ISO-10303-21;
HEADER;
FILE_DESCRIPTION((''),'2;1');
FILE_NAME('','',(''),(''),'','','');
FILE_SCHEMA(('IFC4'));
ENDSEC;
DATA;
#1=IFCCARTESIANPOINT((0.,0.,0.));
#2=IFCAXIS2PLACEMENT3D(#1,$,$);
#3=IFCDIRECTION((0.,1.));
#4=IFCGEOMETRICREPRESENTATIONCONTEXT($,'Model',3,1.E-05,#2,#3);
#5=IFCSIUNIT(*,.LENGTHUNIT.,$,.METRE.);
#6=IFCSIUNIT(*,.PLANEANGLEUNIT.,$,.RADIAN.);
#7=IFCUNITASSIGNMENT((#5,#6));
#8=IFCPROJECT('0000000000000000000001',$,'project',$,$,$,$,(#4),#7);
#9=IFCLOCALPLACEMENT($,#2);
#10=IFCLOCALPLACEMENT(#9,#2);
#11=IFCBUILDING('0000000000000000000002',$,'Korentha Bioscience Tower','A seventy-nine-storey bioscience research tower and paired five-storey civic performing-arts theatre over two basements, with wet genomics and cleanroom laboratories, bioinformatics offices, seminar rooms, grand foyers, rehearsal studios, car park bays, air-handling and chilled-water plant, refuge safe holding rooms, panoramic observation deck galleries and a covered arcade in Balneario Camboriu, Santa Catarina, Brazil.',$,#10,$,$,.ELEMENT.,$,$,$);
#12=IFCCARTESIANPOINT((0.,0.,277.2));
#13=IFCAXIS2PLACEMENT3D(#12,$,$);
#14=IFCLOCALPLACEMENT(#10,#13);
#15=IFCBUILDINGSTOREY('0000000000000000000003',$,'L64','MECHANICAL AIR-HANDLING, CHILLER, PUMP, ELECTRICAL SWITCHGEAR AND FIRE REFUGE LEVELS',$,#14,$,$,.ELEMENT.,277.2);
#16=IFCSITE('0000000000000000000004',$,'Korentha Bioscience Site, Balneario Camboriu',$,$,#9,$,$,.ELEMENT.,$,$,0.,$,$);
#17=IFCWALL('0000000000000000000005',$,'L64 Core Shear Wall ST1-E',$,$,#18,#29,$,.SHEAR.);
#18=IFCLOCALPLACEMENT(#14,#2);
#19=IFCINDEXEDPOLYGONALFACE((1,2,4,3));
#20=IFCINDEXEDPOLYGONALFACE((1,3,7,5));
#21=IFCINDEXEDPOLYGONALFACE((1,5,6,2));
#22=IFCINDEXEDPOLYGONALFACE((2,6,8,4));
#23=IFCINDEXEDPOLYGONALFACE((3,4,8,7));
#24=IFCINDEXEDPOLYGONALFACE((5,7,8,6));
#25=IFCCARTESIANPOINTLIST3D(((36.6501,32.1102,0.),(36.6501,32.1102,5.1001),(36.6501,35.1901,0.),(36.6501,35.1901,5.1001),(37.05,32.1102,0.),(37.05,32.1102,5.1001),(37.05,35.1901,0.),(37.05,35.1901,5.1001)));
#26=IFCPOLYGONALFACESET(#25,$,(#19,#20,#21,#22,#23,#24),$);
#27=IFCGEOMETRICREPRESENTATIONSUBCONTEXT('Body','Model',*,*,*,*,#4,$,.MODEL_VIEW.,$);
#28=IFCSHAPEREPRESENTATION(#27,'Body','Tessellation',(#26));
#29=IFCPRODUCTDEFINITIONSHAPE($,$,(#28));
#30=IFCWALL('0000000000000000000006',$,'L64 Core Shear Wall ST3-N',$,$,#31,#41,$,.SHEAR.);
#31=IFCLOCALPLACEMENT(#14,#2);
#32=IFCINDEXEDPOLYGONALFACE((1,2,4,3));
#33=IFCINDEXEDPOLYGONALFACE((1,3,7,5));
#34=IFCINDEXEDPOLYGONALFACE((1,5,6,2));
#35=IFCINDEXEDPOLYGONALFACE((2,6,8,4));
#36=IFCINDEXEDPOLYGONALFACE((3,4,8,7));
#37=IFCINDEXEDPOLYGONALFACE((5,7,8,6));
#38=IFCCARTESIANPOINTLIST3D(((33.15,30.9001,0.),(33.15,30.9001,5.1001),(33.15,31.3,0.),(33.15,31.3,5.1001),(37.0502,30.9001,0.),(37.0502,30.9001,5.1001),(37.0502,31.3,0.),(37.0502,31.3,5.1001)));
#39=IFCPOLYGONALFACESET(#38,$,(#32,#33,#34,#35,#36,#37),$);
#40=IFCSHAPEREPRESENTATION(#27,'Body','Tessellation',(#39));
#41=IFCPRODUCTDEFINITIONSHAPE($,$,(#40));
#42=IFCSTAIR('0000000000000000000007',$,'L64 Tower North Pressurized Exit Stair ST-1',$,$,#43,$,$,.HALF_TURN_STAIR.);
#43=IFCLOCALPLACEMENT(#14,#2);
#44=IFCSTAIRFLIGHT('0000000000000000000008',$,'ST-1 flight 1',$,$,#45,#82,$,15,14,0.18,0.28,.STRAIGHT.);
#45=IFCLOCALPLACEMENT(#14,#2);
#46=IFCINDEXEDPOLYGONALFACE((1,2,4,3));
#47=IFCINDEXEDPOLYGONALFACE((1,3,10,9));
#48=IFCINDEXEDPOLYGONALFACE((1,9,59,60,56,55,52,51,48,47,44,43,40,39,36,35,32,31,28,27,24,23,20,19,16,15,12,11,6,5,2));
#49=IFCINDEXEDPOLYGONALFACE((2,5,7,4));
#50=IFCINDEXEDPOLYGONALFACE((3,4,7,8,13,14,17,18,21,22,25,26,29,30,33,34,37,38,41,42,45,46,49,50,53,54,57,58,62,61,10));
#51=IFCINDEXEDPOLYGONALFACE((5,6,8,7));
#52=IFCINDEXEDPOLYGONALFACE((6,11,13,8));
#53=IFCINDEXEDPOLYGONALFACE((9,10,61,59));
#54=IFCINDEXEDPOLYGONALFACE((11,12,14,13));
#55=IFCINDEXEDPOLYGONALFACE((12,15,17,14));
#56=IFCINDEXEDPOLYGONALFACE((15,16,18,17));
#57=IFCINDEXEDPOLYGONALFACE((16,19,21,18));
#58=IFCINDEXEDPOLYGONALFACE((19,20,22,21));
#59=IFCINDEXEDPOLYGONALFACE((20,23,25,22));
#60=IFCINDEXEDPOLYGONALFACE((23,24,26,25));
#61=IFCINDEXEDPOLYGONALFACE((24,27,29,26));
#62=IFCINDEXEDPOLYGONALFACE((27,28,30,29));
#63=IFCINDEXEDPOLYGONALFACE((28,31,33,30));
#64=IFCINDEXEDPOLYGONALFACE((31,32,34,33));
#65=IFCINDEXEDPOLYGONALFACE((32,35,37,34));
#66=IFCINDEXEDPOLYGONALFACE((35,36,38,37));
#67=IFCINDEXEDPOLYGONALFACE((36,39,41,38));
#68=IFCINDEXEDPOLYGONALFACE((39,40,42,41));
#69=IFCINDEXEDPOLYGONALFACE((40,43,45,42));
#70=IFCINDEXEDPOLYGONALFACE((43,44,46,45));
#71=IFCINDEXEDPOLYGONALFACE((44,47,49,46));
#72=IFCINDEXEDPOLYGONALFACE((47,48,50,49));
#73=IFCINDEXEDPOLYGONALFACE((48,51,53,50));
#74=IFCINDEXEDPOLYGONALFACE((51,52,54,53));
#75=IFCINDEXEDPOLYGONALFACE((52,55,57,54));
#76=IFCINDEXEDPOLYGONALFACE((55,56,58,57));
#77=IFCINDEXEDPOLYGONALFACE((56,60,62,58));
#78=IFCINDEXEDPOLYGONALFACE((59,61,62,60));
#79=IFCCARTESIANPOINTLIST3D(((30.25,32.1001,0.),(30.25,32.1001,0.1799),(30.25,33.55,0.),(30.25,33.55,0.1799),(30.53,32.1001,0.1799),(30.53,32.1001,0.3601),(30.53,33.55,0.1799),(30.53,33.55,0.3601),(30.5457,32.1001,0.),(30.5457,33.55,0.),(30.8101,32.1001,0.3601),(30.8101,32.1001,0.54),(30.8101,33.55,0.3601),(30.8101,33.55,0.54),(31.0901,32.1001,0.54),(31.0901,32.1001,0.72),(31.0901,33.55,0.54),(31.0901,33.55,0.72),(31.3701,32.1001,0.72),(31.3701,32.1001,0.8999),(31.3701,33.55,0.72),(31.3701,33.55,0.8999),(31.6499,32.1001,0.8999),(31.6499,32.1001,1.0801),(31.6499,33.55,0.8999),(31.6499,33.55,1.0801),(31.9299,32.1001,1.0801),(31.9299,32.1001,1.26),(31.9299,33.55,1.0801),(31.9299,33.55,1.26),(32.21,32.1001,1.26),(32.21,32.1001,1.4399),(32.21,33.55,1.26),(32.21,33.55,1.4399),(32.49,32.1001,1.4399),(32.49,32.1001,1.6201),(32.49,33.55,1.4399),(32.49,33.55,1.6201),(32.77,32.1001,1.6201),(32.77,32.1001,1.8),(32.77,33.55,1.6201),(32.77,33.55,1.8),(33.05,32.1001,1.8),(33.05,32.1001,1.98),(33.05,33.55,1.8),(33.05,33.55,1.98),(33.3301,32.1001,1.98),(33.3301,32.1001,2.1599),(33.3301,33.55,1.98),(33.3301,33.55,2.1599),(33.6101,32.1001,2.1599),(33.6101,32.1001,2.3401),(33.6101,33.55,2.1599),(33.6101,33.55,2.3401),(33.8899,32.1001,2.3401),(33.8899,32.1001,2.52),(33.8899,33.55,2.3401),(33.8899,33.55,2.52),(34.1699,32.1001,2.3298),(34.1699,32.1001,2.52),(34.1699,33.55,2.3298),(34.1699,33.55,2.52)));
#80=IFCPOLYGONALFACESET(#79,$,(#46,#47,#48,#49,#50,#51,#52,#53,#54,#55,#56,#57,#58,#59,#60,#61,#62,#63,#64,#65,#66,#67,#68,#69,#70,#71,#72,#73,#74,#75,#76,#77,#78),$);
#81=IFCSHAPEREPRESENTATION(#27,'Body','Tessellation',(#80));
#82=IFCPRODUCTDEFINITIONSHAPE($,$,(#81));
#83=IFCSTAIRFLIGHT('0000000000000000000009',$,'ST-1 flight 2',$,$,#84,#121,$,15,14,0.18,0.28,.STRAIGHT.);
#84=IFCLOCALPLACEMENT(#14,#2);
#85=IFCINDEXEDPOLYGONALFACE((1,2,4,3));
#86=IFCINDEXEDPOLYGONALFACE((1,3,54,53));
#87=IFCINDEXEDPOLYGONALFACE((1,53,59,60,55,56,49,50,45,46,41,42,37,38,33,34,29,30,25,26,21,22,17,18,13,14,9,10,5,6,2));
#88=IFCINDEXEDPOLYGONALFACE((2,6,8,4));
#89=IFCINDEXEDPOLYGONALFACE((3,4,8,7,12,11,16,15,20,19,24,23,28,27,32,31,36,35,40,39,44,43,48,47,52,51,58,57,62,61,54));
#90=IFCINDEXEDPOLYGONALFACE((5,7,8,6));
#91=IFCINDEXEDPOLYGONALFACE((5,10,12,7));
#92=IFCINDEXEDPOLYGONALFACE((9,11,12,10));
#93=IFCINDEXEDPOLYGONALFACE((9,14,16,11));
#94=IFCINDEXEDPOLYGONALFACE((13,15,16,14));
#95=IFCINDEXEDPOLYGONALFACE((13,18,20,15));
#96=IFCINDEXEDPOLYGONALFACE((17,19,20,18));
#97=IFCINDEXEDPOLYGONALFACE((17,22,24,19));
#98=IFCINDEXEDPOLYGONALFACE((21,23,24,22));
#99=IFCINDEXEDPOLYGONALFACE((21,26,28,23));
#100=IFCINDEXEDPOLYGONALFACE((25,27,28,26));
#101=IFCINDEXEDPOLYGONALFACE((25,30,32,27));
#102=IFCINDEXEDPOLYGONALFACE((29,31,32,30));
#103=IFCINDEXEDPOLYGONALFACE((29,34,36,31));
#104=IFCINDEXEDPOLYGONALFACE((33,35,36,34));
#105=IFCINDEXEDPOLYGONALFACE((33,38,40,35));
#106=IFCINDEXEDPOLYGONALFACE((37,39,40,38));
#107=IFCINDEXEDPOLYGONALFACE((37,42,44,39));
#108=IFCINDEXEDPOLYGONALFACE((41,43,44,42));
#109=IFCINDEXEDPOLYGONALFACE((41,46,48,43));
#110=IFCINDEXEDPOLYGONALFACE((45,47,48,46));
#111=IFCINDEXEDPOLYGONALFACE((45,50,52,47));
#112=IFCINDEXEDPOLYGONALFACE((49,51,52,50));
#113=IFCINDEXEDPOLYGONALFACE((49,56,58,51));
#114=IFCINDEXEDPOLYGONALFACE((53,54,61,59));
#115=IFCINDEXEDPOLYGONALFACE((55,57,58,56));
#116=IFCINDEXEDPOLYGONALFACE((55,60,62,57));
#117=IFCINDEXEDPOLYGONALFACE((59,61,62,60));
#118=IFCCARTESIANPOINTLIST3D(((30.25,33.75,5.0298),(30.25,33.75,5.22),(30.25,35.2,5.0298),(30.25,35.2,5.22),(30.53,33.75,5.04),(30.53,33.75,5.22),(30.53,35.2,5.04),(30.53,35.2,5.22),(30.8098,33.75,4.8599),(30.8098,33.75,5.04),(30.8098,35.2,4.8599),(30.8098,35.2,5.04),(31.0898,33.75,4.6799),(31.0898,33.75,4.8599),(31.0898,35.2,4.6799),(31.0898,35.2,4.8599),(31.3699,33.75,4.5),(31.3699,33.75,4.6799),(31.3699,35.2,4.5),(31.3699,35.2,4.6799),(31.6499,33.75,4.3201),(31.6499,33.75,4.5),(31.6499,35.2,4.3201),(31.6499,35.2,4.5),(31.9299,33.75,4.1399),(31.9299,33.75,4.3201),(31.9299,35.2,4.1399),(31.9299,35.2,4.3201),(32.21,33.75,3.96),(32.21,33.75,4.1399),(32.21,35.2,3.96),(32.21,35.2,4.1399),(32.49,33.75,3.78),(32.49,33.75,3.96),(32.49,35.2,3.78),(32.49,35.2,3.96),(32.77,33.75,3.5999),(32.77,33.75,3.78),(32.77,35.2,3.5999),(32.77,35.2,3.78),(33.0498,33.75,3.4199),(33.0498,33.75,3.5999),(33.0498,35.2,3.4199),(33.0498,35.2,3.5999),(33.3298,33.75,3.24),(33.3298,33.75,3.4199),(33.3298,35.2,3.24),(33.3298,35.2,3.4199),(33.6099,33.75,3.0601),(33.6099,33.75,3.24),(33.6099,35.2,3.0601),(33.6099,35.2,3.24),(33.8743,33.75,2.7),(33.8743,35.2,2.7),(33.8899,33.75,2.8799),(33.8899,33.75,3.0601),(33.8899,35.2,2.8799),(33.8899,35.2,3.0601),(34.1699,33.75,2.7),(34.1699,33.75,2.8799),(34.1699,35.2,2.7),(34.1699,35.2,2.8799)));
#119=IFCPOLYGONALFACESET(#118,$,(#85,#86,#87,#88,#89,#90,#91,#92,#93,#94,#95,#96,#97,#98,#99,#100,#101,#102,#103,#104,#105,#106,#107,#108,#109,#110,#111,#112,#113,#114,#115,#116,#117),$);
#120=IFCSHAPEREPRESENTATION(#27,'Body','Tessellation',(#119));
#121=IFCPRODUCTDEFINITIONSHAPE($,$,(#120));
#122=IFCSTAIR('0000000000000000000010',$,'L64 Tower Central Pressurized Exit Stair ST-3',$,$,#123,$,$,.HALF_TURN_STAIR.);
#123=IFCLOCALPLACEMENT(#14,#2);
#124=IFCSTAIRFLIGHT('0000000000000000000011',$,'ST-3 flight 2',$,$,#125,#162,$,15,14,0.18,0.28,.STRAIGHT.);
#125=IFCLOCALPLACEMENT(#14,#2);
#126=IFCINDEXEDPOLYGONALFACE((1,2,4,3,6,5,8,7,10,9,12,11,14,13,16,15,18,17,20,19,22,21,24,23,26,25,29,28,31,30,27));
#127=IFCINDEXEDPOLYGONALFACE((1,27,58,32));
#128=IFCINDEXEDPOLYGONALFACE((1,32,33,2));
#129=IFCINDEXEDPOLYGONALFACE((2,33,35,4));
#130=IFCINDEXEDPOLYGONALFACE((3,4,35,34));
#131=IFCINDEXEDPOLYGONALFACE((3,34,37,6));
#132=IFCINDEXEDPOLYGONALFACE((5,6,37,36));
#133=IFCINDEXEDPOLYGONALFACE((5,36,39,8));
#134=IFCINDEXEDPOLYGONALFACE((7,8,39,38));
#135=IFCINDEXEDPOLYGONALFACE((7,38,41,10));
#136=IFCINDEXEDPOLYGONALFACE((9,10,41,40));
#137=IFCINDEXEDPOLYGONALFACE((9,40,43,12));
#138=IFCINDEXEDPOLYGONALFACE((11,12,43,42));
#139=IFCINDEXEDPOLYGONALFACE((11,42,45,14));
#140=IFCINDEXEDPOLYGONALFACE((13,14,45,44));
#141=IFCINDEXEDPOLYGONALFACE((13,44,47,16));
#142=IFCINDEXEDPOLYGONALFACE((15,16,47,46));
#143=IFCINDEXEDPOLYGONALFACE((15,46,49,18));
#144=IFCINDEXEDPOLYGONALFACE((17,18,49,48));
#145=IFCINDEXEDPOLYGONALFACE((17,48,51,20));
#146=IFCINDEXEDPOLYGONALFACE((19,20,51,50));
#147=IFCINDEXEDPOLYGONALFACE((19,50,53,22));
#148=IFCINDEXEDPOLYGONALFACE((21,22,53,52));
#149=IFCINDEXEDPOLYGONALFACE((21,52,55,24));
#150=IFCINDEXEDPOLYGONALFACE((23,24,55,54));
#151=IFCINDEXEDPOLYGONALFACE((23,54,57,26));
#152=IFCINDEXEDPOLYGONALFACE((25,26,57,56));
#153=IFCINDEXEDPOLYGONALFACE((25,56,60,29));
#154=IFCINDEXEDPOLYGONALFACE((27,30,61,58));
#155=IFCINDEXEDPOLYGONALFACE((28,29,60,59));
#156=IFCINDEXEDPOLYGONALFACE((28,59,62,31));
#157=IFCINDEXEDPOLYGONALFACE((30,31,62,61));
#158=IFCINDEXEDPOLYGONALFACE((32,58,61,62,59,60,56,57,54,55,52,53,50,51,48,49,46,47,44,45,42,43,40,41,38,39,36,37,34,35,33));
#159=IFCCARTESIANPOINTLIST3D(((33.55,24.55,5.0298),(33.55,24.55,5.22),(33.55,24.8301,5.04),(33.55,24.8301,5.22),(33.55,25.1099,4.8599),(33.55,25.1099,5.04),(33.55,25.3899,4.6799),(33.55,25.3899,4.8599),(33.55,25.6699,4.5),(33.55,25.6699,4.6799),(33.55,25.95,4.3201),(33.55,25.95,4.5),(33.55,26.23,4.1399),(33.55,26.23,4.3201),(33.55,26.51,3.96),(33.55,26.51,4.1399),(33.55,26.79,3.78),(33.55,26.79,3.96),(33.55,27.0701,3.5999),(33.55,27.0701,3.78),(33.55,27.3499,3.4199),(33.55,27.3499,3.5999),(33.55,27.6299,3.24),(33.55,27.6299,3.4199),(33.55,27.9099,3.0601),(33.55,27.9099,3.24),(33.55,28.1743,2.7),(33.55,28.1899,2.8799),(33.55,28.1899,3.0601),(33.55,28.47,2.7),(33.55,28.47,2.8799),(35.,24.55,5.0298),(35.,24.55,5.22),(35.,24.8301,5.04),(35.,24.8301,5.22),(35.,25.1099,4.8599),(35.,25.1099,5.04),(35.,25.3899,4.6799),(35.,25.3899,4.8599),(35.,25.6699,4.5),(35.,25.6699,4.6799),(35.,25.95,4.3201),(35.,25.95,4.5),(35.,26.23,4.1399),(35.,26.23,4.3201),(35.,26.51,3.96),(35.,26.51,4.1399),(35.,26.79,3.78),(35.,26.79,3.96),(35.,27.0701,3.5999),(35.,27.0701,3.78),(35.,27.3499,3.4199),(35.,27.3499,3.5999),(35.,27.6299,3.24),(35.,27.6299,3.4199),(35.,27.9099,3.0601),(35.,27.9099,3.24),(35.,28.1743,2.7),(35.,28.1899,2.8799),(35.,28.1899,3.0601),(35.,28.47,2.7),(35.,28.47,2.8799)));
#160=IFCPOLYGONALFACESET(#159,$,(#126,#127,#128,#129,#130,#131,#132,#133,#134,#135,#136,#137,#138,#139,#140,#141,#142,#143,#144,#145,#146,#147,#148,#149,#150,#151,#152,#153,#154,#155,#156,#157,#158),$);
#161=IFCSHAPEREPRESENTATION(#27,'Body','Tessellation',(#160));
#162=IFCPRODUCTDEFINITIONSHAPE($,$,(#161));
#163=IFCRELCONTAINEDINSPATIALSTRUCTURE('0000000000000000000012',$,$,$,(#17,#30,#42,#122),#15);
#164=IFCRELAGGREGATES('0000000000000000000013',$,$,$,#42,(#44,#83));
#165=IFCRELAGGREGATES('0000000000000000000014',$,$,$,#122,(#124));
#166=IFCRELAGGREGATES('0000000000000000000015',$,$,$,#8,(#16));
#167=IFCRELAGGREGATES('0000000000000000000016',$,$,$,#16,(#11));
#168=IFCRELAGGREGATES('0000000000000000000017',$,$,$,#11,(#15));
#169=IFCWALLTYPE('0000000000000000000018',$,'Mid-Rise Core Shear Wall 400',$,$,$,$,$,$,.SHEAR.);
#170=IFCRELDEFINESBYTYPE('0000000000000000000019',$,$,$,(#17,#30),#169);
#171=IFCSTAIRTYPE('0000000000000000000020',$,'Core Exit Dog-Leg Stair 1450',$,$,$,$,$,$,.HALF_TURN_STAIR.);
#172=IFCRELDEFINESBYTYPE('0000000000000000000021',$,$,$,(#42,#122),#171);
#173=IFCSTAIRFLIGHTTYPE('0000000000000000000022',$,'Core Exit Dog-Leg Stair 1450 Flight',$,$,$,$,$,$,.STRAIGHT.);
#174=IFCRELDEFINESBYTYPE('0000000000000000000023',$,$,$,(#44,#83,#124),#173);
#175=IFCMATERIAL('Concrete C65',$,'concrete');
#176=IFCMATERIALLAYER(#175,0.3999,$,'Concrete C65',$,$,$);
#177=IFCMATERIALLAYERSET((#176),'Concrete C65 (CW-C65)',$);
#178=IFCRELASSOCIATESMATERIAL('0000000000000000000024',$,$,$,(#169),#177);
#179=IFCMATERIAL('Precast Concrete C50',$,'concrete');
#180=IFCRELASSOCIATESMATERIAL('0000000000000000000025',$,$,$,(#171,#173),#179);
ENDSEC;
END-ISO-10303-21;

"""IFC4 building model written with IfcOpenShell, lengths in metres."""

from ifc_helpers import new_model, si_unit, direction, frame, frame_2d, origin, place, context, subcontext, project, spatial, polyline, rectangle, outline, extrude, material, layer, layer_set, type_object, element, aggregate, save


model = new_model("IFC4")

# Units and contexts
model_context = context("Model", 3, precision=1e-05, world=origin(), true_north=direction((0.0, 1.0)))
body_context = subcontext(model_context, "Body", "Model", "MODEL_VIEW")
ifc_project = project(units=[si_unit("LENGTHUNIT", "METRE"), si_unit("PLANEANGLEUNIT", "RADIAN")], contexts=[model_context])

# Site, building, storey
site_placement = place(None, origin())
site = spatial("IfcSite", under=ifc_project, at=site_placement, Name="Korentha Bioscience Site, Balneario Camboriu", CompositionType="ELEMENT", RefElevation=0.0)
building_placement = place(site_placement, origin())
building = spatial("IfcBuilding", under=site, at=building_placement, Name="Korentha Bioscience Tower", Description="A seventy-nine-storey bioscience research tower and paired five-storey civic performing-arts theatre over two basements, with wet genomics and cleanroom laboratories, bioinformatics offices, seminar rooms, grand foyers, rehearsal studios, car park bays, air-handling and chilled-water plant, refuge safe holding rooms, panoramic observation deck galleries and a covered arcade in Balneario Camboriu, Santa Catarina, Brazil.", CompositionType="ELEMENT")
storey_placement = place(building_placement, frame((0.0, 0.0, 277.2)))
storey = spatial("IfcBuildingStorey", under=building, at=storey_placement, Name="L64", Description="MECHANICAL AIR-HANDLING, CHILLER, PUMP, ELECTRICAL SWITCHGEAR AND FIRE REFUGE LEVELS", CompositionType="ELEMENT", Elevation=277.2)

# Shared definitions
ifc_material_1 = material(Name="Concrete C65", Category="concrete")

# Walls
ifc_layer_1 = layer(ifc_material_1, 0.3999, Name="Concrete C65")
ifc_layer_set_1 = layer_set([ifc_layer_1], Name="Concrete C65 (CW-C65)")
wall_type_1 = type_object("IfcWallType", Name="Mid-Rise Core Shear Wall 400", PredefinedType="SHEAR", material=ifc_layer_set_1)
wall_1_placement = place(storey_placement, frame((36.8501, 32.1101, 0.0), z_axis=(0.0, 0.0, 1.0), x_axis=(0.0, 1.0, 0.0)))
element("IfcWall", 1, at=wall_1_placement, inside=storey, type_object=wall_type_1, Name="L64 Core Shear Wall ST1-E", PredefinedType="SHEAR", context=body_context, shape_type="SweptSolid", body=[
    extrude(rectangle(XDim=3.0798, YDim=0.3999, at=frame_2d((1.54, 0.0))), origin(), (0.0, 0.0, 1.0), 5.1001),
])
wall_2_placement = place(storey_placement, frame((33.1499, 31.1001, 0.0), z_axis=(0.0, 0.0, 1.0), x_axis=(1.0, 0.0, 0.0)))
element("IfcWall", 2, at=wall_2_placement, inside=storey, type_object=wall_type_1, Name="L64 Core Shear Wall ST3-N", PredefinedType="SHEAR", context=body_context, shape_type="SweptSolid", body=[
    extrude(rectangle(XDim=3.9001, YDim=0.3999, at=frame_2d((1.9502, 0.0))), origin(), (0.0, 0.0, 1.0), 5.1001),
])

# Stair, stair flights
ifc_material_2 = material(Name="Precast Concrete C50", Category="concrete")
stair_type = type_object("IfcStairType", Name="Core Exit Dog-Leg Stair 1450", PredefinedType="HALF_TURN_STAIR", material=ifc_material_2)
stair_1_placement = place(storey_placement, origin())
stair_1 = element("IfcStair", 3, at=stair_1_placement, inside=storey, type_object=stair_type, Name="L64 Tower North Pressurized Exit Stair ST-1", PredefinedType="HALF_TURN_STAIR")
stair_flight_type = type_object("IfcStairFlightType", Name="Core Exit Dog-Leg Stair 1450 Flight", PredefinedType="STRAIGHT", material=ifc_material_2)
stair_flight_1_placement = place(storey_placement, frame((30.25, 32.825, 0.0), z_axis=(0.0, 0.0, 1.0), x_axis=(1.0, 0.0, 0.0)))
stair_flight_1 = element("IfcStairFlight", 4, at=stair_flight_1_placement, type_object=stair_flight_type, Name="ST-1 flight 1", NumberOfRisers=15, NumberOfTreads=14, PredefinedType="STRAIGHT", RiserHeight=0.18, TreadLength=0.28, context=body_context, shape_type="SweptSolid", body=[
    extrude(outline(polyline([(0.0, 0.0), (0.0, 0.1799), (0.28, 0.1799), (0.28, 0.3601), (0.5601, 0.3601), (0.5601, 0.54), (0.8401, 0.54), (0.8401, 0.72), (1.1201, 0.72), (1.1201, 0.8999), (1.3999, 0.8999), (1.3999, 1.0801), (1.6799, 1.0801), (1.6799, 1.26), (1.96, 1.26), (1.96, 1.4399), (2.24, 1.4399), (2.24, 1.6201), (2.52, 1.6201), (2.52, 1.8), (2.8, 1.8), (2.8, 1.98), (3.0801, 1.98), (3.0801, 2.1599), (3.3601, 2.1599), (3.3601, 2.3401), (3.6399, 2.3401), (3.6399, 2.52), (3.9199, 2.52), (3.9199, 2.7), (3.9199, 2.3298), (0.2957, 0.0), (0.0, 0.0)])), frame((0.0, 0.7251, 0.0), z_axis=(0.0, -1.0, 0.0), x_axis=(1.0, 0.0, 0.0)), (0.0, 0.0, 1.0), 1.45),
])
stair_flight_2_placement = place(storey_placement, frame((34.1699, 34.4751, 2.7), z_axis=(0.0, 0.0, 1.0), x_axis=(-1.0, 0.0, 0.0)))
stair_flight_2 = element("IfcStairFlight", 5, at=stair_flight_2_placement, type_object=stair_flight_type, Name="ST-1 flight 2", NumberOfRisers=15, NumberOfTreads=14, PredefinedType="STRAIGHT", RiserHeight=0.18, TreadLength=0.28, context=body_context, shape_type="SweptSolid", body=[
    extrude(outline(polyline([(0.0, 0.0), (0.0, 0.1799), (0.28, 0.1799), (0.28, 0.3601), (0.5601, 0.3601), (0.5601, 0.54), (0.8401, 0.54), (0.8401, 0.72), (1.1201, 0.72), (1.1201, 0.8999), (1.3999, 0.8999), (1.3999, 1.0801), (1.6799, 1.0801), (1.6799, 1.26), (1.96, 1.26), (1.96, 1.4399), (2.24, 1.4399), (2.24, 1.6201), (2.52, 1.6201), (2.52, 1.8), (2.8, 1.8), (2.8, 1.98), (3.0801, 1.98), (3.0801, 2.1599), (3.3601, 2.1599), (3.3601, 2.3401), (3.6399, 2.3401), (3.6399, 2.52), (3.9199, 2.52), (3.9199, 2.7), (3.9199, 2.3298), (0.2957, 0.0), (0.0, 0.0)])), frame((0.0, 0.7251, 0.0), z_axis=(0.0, -1.0, 0.0), x_axis=(1.0, 0.0, 0.0)), (0.0, 0.0, 1.0), 1.45),
])
aggregate(stair_1, [stair_flight_1, stair_flight_2])

# Stair, stair flight
stair_2_placement = place(storey_placement, origin())
stair_2 = element("IfcStair", 6, at=stair_2_placement, inside=storey, type_object=stair_type, Name="L64 Tower Central Pressurized Exit Stair ST-3", PredefinedType="HALF_TURN_STAIR")
stair_flight_3_placement = place(storey_placement, frame((34.2749, 28.47, 2.7), z_axis=(0.0, 0.0, 1.0), x_axis=(0.0, -1.0, 0.0)))
stair_flight_3 = element("IfcStairFlight", 7, at=stair_flight_3_placement, type_object=stair_flight_type, Name="ST-3 flight 2", NumberOfRisers=15, NumberOfTreads=14, PredefinedType="STRAIGHT", RiserHeight=0.18, TreadLength=0.28, context=body_context, shape_type="SweptSolid", body=[
    extrude(outline(polyline([(0.0, 0.0), (0.0, 0.1799), (0.28, 0.1799), (0.28, 0.3601), (0.5601, 0.3601), (0.5601, 0.54), (0.8401, 0.54), (0.8401, 0.72), (1.1201, 0.72), (1.1201, 0.8999), (1.3999, 0.8999), (1.3999, 1.0801), (1.6799, 1.0801), (1.6799, 1.26), (1.96, 1.26), (1.96, 1.4399), (2.24, 1.4399), (2.24, 1.6201), (2.52, 1.6201), (2.52, 1.8), (2.8, 1.8), (2.8, 1.98), (3.0801, 1.98), (3.0801, 2.1599), (3.3601, 2.1599), (3.3601, 2.3401), (3.6399, 2.3401), (3.6399, 2.52), (3.9199, 2.52), (3.9199, 2.7), (3.9199, 2.3298), (0.2957, 0.0), (0.0, 0.0)])), frame((0.0, 0.7251, 0.0), z_axis=(0.0, -1.0, 0.0), x_axis=(1.0, 0.0, 0.0)), (0.0, 0.0, 1.0), 1.45),
])
aggregate(stair_2, [stair_flight_3])

save(model, "model.ifc")
